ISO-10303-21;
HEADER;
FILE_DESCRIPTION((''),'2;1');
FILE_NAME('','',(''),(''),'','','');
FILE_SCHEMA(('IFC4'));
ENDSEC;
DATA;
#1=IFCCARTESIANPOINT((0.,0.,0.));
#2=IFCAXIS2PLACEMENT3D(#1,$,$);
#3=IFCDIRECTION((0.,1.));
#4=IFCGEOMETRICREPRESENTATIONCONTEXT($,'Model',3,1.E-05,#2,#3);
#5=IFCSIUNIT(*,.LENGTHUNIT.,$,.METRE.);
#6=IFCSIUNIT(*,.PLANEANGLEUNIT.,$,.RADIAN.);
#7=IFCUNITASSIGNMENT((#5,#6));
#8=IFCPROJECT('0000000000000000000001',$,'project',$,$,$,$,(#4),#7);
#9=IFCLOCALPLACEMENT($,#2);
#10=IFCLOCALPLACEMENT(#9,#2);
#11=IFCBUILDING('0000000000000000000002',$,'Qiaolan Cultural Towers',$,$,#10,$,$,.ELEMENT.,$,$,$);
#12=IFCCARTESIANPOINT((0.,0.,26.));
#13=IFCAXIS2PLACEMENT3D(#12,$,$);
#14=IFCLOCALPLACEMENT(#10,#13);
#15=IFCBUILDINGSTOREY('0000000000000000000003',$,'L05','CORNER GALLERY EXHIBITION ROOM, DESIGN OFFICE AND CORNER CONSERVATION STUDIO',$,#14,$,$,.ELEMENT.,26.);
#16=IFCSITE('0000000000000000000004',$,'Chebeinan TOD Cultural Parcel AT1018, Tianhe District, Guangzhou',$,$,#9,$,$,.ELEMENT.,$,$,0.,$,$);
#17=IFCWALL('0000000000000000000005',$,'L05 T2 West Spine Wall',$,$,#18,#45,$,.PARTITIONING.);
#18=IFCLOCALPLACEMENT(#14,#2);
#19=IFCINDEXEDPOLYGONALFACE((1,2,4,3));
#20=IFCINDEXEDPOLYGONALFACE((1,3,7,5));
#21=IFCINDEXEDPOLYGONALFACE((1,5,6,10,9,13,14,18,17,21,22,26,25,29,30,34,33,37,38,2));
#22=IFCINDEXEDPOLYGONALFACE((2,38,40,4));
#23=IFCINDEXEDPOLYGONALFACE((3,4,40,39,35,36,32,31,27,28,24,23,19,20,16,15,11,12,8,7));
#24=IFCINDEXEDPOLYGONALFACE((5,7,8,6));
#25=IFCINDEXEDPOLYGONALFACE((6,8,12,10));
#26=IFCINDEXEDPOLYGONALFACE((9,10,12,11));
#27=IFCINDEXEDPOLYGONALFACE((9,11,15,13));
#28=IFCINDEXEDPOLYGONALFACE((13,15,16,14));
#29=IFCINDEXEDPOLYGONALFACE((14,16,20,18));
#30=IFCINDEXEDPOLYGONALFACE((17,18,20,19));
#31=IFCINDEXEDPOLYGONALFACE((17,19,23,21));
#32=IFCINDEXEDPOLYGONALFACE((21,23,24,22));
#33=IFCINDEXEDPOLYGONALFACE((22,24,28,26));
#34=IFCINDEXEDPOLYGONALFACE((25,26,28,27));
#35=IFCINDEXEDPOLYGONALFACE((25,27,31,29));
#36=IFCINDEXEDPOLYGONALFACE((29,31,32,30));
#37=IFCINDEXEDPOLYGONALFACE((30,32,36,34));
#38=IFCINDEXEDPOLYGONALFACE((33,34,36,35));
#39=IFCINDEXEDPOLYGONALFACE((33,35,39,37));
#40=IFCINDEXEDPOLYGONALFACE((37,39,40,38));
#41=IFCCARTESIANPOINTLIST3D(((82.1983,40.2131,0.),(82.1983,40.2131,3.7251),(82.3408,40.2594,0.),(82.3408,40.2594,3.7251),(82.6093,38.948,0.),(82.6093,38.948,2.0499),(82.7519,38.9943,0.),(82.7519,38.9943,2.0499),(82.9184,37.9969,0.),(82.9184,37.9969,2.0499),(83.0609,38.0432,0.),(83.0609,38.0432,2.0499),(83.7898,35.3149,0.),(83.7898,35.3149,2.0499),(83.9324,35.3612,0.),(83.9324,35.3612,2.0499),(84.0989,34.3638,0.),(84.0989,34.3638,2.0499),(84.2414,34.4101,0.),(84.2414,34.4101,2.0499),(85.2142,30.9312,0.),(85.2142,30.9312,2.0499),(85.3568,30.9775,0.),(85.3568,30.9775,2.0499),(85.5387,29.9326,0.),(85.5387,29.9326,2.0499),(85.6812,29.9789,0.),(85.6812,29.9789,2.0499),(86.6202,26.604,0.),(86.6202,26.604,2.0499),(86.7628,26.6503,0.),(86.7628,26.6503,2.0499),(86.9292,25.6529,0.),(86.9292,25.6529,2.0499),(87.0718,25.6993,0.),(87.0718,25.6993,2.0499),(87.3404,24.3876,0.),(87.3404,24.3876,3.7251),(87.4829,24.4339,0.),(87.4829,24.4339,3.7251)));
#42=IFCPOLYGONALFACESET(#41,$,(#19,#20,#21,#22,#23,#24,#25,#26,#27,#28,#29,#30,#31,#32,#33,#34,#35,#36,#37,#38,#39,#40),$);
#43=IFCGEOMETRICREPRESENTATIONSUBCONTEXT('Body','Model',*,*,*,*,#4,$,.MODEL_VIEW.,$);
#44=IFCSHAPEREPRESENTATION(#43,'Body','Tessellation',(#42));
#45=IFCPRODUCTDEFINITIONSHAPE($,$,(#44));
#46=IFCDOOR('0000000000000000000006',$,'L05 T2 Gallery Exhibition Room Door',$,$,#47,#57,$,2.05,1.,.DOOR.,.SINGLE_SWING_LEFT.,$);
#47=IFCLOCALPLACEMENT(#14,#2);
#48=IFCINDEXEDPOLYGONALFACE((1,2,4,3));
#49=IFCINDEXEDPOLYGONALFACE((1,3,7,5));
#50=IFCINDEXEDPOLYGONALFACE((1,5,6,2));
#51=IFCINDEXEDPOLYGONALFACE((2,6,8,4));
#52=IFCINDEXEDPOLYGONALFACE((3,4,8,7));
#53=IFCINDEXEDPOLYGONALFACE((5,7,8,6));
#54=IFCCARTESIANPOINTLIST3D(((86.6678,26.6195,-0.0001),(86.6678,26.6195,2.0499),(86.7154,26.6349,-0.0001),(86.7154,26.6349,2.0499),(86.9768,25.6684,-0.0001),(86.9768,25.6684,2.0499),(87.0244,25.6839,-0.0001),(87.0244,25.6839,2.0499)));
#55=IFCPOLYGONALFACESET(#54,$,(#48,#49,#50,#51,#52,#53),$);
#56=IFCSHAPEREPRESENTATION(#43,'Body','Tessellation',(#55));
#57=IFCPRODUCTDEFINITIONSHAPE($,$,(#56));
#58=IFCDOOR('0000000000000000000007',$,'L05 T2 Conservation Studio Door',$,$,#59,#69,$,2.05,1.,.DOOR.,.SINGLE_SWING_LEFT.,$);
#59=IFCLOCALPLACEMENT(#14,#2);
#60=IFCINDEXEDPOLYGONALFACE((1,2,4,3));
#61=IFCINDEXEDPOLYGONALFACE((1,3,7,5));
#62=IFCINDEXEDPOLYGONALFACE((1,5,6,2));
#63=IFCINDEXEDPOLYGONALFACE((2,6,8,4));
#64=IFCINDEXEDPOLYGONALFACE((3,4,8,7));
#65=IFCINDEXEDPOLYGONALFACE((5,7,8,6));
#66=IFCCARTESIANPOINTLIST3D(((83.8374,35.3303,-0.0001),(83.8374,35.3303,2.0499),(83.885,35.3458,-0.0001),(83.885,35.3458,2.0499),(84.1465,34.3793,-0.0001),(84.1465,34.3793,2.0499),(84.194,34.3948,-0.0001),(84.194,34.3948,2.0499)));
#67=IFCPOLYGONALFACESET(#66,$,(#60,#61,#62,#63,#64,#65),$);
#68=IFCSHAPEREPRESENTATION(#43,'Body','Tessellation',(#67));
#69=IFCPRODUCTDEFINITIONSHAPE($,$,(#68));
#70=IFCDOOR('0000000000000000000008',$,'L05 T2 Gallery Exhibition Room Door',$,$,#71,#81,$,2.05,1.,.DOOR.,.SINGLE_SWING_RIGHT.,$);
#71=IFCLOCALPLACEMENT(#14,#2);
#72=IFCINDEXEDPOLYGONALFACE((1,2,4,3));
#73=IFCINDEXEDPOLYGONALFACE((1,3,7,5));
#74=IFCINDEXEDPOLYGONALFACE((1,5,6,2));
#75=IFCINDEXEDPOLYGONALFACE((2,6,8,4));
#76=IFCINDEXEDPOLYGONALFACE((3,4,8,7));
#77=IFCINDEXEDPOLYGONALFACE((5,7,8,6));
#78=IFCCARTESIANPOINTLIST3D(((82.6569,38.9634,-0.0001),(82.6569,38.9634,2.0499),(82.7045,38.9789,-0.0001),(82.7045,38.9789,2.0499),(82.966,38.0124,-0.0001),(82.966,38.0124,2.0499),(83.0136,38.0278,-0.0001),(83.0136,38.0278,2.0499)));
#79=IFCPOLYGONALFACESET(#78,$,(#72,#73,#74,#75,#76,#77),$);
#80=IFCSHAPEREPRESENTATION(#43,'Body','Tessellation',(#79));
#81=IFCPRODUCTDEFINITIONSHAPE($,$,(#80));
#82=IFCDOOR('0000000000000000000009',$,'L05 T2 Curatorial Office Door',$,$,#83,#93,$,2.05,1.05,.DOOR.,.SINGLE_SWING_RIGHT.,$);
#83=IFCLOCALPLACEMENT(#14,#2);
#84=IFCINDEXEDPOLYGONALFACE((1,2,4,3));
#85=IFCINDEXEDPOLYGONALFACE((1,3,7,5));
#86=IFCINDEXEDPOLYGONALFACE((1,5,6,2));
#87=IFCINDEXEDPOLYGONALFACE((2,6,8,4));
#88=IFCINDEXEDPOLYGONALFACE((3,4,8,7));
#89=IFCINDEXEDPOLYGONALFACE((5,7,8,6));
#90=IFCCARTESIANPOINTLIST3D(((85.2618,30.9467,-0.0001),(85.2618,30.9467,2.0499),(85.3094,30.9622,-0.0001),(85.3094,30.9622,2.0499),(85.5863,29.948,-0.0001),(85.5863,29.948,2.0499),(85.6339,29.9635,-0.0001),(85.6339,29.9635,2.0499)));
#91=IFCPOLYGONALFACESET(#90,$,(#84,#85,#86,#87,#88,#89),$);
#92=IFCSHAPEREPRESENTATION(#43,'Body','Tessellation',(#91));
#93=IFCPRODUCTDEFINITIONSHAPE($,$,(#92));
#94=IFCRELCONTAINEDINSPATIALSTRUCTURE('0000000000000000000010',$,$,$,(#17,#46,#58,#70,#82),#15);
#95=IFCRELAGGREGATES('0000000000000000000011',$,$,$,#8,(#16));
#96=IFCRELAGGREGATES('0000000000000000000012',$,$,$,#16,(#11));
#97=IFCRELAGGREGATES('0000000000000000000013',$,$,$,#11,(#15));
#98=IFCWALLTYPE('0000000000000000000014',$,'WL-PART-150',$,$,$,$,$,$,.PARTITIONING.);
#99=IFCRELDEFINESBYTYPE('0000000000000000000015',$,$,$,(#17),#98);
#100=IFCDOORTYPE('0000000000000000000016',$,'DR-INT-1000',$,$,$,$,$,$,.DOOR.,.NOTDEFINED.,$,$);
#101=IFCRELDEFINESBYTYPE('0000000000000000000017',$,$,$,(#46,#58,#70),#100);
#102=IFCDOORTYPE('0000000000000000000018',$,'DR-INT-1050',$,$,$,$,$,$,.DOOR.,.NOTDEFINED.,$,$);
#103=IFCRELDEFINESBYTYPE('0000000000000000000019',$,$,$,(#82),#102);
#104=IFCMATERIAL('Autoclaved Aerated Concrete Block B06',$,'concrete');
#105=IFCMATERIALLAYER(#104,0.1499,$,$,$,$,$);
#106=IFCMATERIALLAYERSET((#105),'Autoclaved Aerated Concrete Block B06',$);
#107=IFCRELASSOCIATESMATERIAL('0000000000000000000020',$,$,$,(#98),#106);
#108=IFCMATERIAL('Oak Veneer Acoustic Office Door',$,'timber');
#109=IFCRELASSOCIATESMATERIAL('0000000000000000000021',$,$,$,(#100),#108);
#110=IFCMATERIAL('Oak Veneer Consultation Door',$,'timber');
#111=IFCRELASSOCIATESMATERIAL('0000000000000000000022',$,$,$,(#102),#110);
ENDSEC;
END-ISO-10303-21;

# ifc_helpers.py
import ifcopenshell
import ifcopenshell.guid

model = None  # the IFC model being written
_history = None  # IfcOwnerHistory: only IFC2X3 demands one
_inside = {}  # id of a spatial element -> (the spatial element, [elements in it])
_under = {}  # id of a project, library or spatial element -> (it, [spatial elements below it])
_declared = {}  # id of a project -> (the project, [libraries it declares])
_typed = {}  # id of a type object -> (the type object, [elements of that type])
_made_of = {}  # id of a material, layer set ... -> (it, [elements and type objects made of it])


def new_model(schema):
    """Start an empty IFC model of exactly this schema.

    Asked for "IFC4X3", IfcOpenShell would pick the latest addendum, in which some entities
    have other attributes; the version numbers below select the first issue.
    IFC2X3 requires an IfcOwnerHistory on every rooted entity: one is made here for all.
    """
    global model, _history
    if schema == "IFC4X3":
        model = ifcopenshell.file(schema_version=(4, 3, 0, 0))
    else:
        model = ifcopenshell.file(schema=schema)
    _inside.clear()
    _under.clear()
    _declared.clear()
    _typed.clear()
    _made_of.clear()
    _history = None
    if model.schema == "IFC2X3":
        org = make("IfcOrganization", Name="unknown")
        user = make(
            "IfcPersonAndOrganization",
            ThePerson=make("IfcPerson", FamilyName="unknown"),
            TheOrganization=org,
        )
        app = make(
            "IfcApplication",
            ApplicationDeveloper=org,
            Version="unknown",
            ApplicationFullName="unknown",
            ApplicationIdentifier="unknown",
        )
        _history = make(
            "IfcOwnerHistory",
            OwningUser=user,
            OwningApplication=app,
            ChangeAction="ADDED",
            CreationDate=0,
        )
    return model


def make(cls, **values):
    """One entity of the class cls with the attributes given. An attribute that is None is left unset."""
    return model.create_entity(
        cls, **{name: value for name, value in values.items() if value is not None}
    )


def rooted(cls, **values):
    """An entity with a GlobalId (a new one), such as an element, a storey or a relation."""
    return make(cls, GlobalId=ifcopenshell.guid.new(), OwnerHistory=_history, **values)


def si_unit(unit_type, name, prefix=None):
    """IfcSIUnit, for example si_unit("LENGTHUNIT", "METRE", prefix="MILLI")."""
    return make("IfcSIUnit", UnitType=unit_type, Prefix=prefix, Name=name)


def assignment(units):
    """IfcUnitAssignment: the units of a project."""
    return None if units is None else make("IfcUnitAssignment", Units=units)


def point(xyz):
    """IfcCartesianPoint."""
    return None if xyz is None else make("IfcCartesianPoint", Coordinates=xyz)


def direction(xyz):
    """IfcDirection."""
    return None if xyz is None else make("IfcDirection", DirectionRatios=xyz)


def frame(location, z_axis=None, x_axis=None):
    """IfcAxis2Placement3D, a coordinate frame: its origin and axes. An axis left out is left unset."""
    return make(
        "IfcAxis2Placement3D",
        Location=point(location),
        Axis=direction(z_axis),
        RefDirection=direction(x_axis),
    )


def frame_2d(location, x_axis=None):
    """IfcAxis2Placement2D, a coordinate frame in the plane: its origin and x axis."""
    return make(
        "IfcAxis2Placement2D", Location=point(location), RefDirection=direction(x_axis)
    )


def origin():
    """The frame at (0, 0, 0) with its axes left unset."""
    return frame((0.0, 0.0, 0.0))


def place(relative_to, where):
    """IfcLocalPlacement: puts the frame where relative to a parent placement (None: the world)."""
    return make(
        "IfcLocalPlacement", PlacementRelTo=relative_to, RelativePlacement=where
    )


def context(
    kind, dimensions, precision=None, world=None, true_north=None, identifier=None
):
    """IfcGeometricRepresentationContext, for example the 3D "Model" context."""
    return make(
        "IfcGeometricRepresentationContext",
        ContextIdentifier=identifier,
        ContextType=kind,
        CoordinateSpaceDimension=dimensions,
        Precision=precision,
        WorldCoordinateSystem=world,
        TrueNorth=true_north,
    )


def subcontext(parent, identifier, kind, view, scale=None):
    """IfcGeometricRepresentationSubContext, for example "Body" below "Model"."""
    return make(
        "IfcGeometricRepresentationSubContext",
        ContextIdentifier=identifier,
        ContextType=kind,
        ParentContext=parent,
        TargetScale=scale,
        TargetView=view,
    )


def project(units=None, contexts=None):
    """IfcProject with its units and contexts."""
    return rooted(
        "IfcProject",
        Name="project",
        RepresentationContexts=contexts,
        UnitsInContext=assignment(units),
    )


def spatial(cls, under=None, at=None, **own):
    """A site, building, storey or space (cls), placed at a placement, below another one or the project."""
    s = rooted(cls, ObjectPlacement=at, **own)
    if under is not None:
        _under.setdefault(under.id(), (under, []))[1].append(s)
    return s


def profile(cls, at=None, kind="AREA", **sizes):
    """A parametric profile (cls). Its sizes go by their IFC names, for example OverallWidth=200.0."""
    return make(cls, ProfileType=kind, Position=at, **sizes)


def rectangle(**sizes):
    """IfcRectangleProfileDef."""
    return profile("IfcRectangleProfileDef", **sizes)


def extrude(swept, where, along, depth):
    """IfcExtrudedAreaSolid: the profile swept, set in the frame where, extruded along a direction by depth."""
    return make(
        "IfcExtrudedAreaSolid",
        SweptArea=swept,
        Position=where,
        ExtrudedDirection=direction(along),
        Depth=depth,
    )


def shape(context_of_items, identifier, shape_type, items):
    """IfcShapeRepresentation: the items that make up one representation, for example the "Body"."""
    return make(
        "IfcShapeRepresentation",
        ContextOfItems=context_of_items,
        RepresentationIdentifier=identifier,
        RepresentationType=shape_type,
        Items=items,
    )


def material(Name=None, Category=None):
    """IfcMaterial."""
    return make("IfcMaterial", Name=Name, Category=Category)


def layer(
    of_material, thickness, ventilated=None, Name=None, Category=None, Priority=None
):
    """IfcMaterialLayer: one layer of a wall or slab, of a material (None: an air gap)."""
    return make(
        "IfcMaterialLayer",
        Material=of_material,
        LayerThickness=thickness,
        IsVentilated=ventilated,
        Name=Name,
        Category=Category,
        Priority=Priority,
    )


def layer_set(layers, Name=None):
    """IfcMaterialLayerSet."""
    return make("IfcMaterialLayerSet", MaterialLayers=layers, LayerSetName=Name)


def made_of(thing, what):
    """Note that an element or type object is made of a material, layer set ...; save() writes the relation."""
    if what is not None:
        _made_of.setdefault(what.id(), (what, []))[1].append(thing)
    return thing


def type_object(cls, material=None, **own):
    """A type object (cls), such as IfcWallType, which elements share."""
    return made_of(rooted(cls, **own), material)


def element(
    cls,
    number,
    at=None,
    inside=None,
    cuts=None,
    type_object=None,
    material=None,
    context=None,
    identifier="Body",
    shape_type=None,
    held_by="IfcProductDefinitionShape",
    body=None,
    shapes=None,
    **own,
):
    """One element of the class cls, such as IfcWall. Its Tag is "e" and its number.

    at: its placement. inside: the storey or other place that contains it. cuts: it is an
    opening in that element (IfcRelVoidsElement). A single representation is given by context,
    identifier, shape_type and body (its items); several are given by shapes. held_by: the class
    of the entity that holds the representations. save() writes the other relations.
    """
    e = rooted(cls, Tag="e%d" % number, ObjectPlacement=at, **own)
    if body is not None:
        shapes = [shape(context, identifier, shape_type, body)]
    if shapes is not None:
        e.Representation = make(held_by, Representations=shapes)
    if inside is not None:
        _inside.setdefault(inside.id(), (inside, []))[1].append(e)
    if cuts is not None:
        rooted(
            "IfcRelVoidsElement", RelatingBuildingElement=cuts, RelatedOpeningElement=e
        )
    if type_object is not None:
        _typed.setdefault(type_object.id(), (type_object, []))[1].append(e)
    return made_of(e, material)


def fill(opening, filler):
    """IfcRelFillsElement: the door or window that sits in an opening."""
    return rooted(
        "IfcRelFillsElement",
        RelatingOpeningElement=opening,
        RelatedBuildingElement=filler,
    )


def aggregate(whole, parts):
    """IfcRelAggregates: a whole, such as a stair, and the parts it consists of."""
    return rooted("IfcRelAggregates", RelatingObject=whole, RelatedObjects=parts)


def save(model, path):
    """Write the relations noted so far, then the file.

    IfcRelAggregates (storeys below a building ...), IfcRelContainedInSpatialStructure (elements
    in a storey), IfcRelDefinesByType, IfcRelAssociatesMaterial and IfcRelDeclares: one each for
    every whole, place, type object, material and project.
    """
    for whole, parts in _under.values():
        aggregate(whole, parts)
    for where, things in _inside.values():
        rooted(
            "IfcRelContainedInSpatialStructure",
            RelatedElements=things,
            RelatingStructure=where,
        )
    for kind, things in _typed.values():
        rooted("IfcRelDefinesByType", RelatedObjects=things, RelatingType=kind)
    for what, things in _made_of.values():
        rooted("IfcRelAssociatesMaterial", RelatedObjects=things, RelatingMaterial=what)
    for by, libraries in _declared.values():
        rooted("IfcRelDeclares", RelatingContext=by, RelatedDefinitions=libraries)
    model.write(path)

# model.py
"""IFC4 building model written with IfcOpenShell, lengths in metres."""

from ifc_helpers import new_model, si_unit, direction, frame, frame_2d, origin, place, context, subcontext, project, spatial, rectangle, extrude, material, layer, layer_set, type_object, element, fill, save


model = new_model("IFC4")

# Units and contexts
model_context = context("Model", 3, precision=1e-05, world=origin(), true_north=direction((0.0, 1.0)))
body_context = subcontext(model_context, "Body", "Model", "MODEL_VIEW")
ifc_project = project(units=[si_unit("LENGTHUNIT", "METRE"), si_unit("PLANEANGLEUNIT", "RADIAN")], contexts=[model_context])

# Site, building, storey
site_placement = place(None, origin())
site = spatial("IfcSite", under=ifc_project, at=site_placement, Name="Chebeinan TOD Cultural Parcel AT1018, Tianhe District, Guangzhou", CompositionType="ELEMENT", RefElevation=0.0)
building_placement = place(site_placement, origin())
building = spatial("IfcBuilding", under=site, at=building_placement, Name="Qiaolan Cultural Towers", CompositionType="ELEMENT")
storey_placement = place(building_placement, frame((0.0, 0.0, 26.0)))
storey = spatial("IfcBuildingStorey", under=building, at=storey_placement, Name="L05", Description="CORNER GALLERY EXHIBITION ROOM, DESIGN OFFICE AND CORNER CONSERVATION STUDIO", CompositionType="ELEMENT", Elevation=26.0)

# Shared definitions
ifc_material_1 = material(Name="Autoclaved Aerated Concrete Block B06", Category="concrete")
ifc_layer_1 = layer(ifc_material_1, 0.1499)
ifc_layer_set_1 = layer_set([ifc_layer_1], Name="Autoclaved Aerated Concrete Block B06")
wall_type_1 = type_object("IfcWallType", Name="WL-PART-150", PredefinedType="PARTITIONING", material=ifc_layer_set_1)

# Shared definitions
ifc_material_2 = material(Name="Oak Veneer Acoustic Office Door", Category="timber")
door_type_1 = type_object("IfcDoorType", Name="DR-INT-1000", OperationType="NOTDEFINED", PredefinedType="DOOR", material=ifc_material_2)

# Wall, openings, doors
wall_1_placement = place(storey_placement, frame((87.4116, 24.4109, 0.0), z_axis=(0.0, 0.0, 1.0), x_axis=(-0.309022, 0.951055, 0.0)))
wall_1 = element("IfcWall", 1, at=wall_1_placement, inside=storey, type_object=wall_type_1, Name="L05 T2 West Spine Wall", PredefinedType="PARTITIONING", context=body_context, shape_type="SweptSolid", body=[
    extrude(rectangle(XDim=16.6399, YDim=0.1499, at=frame_2d((8.3198, 0.0))), origin(), (0.0, 0.0, 1.0), 3.7251),
])
opening_1_placement = place(wall_1_placement, frame((1.3303, 0.0, 0.0)))
opening_1 = element("IfcOpeningElement", 2, at=opening_1_placement, cuts=wall_1, PredefinedType="OPENING", context=body_context, shape_type="SweptSolid", body=[
    extrude(rectangle(XDim=1.0, YDim=2.05, at=frame_2d((0.5, 1.0249))), frame((0.0, 0.085, 0.0), z_axis=(0.0, -1.0, 0.0), x_axis=(1.0, 0.0, 0.0)), (0.0, 0.0, 1.0), 0.1699),
])
opening_2_placement = place(wall_1_placement, frame((5.8303, 0.0, 0.0)))
opening_2 = element("IfcOpeningElement", 3, at=opening_2_placement, cuts=wall_1, PredefinedType="OPENING", context=body_context, shape_type="SweptSolid", body=[
    extrude(rectangle(XDim=1.05, YDim=2.05, at=frame_2d((0.5249, 1.0249))), frame((0.0, 0.085, 0.0), z_axis=(0.0, -1.0, 0.0), x_axis=(1.0, 0.0, 0.0)), (0.0, 0.0, 1.0), 0.1699),
])
opening_3_placement = place(wall_1_placement, frame((10.4895, 0.0, 0.0)))
opening_3 = element("IfcOpeningElement", 4, at=opening_3_placement, cuts=wall_1, PredefinedType="OPENING", context=body_context, shape_type="SweptSolid", body=[
    extrude(rectangle(XDim=1.0, YDim=2.05, at=frame_2d((0.5, 1.0249))), frame((0.0, 0.085, 0.0), z_axis=(0.0, -1.0, 0.0), x_axis=(1.0, 0.0, 0.0)), (0.0, 0.0, 1.0), 0.1699),
])
opening_4_placement = place(wall_1_placement, frame((14.3096, 0.0, 0.0)))
opening_4 = element("IfcOpeningElement", 5, at=opening_4_placement, cuts=wall_1, PredefinedType="OPENING", context=body_context, shape_type="SweptSolid", body=[
    extrude(rectangle(XDim=1.0, YDim=2.05, at=frame_2d((0.5, 1.0249))), frame((0.0, 0.085, 0.0), z_axis=(0.0, -1.0, 0.0), x_axis=(1.0, 0.0, 0.0)), (0.0, 0.0, 1.0), 0.1699),
])
door_1_placement = place(opening_1_placement, origin())
door_1 = element("IfcDoor", 6, at=door_1_placement, inside=storey, type_object=door_type_1, Name="L05 T2 Gallery Exhibition Room Door", OperationType="SINGLE_SWING_LEFT", OverallHeight=2.05, OverallWidth=1.0, PredefinedType="DOOR", context=body_context, shape_type="SweptSolid", body=[
    extrude(rectangle(XDim=1.0, YDim=2.05, at=frame_2d((0.5, 1.0249))), frame((0.0, 0.0249, 0.0), z_axis=(0.0, -1.0, 0.0), x_axis=(1.0, 0.0, 0.0)), (0.0, 0.0, 1.0), 0.05),
])
fill(opening_1, door_1)
door_2_placement = place(opening_3_placement, origin())
door_2 = element("IfcDoor", 7, at=door_2_placement, inside=storey, type_object=door_type_1, Name="L05 T2 Conservation Studio Door", OperationType="SINGLE_SWING_LEFT", OverallHeight=2.05, OverallWidth=1.0, PredefinedType="DOOR", context=body_context, shape_type="SweptSolid", body=[
    extrude(rectangle(XDim=1.0, YDim=2.05, at=frame_2d((0.5, 1.0249))), frame((0.0, 0.0249, 0.0), z_axis=(0.0, -1.0, 0.0), x_axis=(1.0, 0.0, 0.0)), (0.0, 0.0, 1.0), 0.05),
])
fill(opening_3, door_2)
door_3_placement = place(opening_4_placement, origin())
door_3 = element("IfcDoor", 8, at=door_3_placement, inside=storey, type_object=door_type_1, Name="L05 T2 Gallery Exhibition Room Door", OperationType="SINGLE_SWING_RIGHT", OverallHeight=2.05, OverallWidth=1.0, PredefinedType="DOOR", context=body_context, shape_type="SweptSolid", body=[
    extrude(rectangle(XDim=1.0, YDim=2.05, at=frame_2d((0.5, 1.0249))), frame((0.0, 0.0249, 0.0), z_axis=(0.0, -1.0, 0.0), x_axis=(1.0, 0.0, 0.0)), (0.0, 0.0, 1.0), 0.05),
])
fill(opening_4, door_3)
ifc_material_3 = material(Name="Oak Veneer Consultation Door", Category="timber")
door_type_2 = type_object("IfcDoorType", Name="DR-INT-1050", OperationType="NOTDEFINED", PredefinedType="DOOR", material=ifc_material_3)
door_4_placement = place(opening_2_placement, origin())
door_4 = element("IfcDoor", 9, at=door_4_placement, inside=storey, type_object=door_type_2, Name="L05 T2 Curatorial Office Door", OperationType="SINGLE_SWING_RIGHT", OverallHeight=2.05, OverallWidth=1.05, PredefinedType="DOOR", context=body_context, shape_type="SweptSolid", body=[
    extrude(rectangle(XDim=1.05, YDim=2.05, at=frame_2d((0.5249, 1.0249))), frame((0.0, 0.0249, 0.0), z_axis=(0.0, -1.0, 0.0), x_axis=(1.0, 0.0, 0.0)), (0.0, 0.0, 1.0), 0.05),
])
fill(opening_2, door_4)

save(model, "model.ifc")
